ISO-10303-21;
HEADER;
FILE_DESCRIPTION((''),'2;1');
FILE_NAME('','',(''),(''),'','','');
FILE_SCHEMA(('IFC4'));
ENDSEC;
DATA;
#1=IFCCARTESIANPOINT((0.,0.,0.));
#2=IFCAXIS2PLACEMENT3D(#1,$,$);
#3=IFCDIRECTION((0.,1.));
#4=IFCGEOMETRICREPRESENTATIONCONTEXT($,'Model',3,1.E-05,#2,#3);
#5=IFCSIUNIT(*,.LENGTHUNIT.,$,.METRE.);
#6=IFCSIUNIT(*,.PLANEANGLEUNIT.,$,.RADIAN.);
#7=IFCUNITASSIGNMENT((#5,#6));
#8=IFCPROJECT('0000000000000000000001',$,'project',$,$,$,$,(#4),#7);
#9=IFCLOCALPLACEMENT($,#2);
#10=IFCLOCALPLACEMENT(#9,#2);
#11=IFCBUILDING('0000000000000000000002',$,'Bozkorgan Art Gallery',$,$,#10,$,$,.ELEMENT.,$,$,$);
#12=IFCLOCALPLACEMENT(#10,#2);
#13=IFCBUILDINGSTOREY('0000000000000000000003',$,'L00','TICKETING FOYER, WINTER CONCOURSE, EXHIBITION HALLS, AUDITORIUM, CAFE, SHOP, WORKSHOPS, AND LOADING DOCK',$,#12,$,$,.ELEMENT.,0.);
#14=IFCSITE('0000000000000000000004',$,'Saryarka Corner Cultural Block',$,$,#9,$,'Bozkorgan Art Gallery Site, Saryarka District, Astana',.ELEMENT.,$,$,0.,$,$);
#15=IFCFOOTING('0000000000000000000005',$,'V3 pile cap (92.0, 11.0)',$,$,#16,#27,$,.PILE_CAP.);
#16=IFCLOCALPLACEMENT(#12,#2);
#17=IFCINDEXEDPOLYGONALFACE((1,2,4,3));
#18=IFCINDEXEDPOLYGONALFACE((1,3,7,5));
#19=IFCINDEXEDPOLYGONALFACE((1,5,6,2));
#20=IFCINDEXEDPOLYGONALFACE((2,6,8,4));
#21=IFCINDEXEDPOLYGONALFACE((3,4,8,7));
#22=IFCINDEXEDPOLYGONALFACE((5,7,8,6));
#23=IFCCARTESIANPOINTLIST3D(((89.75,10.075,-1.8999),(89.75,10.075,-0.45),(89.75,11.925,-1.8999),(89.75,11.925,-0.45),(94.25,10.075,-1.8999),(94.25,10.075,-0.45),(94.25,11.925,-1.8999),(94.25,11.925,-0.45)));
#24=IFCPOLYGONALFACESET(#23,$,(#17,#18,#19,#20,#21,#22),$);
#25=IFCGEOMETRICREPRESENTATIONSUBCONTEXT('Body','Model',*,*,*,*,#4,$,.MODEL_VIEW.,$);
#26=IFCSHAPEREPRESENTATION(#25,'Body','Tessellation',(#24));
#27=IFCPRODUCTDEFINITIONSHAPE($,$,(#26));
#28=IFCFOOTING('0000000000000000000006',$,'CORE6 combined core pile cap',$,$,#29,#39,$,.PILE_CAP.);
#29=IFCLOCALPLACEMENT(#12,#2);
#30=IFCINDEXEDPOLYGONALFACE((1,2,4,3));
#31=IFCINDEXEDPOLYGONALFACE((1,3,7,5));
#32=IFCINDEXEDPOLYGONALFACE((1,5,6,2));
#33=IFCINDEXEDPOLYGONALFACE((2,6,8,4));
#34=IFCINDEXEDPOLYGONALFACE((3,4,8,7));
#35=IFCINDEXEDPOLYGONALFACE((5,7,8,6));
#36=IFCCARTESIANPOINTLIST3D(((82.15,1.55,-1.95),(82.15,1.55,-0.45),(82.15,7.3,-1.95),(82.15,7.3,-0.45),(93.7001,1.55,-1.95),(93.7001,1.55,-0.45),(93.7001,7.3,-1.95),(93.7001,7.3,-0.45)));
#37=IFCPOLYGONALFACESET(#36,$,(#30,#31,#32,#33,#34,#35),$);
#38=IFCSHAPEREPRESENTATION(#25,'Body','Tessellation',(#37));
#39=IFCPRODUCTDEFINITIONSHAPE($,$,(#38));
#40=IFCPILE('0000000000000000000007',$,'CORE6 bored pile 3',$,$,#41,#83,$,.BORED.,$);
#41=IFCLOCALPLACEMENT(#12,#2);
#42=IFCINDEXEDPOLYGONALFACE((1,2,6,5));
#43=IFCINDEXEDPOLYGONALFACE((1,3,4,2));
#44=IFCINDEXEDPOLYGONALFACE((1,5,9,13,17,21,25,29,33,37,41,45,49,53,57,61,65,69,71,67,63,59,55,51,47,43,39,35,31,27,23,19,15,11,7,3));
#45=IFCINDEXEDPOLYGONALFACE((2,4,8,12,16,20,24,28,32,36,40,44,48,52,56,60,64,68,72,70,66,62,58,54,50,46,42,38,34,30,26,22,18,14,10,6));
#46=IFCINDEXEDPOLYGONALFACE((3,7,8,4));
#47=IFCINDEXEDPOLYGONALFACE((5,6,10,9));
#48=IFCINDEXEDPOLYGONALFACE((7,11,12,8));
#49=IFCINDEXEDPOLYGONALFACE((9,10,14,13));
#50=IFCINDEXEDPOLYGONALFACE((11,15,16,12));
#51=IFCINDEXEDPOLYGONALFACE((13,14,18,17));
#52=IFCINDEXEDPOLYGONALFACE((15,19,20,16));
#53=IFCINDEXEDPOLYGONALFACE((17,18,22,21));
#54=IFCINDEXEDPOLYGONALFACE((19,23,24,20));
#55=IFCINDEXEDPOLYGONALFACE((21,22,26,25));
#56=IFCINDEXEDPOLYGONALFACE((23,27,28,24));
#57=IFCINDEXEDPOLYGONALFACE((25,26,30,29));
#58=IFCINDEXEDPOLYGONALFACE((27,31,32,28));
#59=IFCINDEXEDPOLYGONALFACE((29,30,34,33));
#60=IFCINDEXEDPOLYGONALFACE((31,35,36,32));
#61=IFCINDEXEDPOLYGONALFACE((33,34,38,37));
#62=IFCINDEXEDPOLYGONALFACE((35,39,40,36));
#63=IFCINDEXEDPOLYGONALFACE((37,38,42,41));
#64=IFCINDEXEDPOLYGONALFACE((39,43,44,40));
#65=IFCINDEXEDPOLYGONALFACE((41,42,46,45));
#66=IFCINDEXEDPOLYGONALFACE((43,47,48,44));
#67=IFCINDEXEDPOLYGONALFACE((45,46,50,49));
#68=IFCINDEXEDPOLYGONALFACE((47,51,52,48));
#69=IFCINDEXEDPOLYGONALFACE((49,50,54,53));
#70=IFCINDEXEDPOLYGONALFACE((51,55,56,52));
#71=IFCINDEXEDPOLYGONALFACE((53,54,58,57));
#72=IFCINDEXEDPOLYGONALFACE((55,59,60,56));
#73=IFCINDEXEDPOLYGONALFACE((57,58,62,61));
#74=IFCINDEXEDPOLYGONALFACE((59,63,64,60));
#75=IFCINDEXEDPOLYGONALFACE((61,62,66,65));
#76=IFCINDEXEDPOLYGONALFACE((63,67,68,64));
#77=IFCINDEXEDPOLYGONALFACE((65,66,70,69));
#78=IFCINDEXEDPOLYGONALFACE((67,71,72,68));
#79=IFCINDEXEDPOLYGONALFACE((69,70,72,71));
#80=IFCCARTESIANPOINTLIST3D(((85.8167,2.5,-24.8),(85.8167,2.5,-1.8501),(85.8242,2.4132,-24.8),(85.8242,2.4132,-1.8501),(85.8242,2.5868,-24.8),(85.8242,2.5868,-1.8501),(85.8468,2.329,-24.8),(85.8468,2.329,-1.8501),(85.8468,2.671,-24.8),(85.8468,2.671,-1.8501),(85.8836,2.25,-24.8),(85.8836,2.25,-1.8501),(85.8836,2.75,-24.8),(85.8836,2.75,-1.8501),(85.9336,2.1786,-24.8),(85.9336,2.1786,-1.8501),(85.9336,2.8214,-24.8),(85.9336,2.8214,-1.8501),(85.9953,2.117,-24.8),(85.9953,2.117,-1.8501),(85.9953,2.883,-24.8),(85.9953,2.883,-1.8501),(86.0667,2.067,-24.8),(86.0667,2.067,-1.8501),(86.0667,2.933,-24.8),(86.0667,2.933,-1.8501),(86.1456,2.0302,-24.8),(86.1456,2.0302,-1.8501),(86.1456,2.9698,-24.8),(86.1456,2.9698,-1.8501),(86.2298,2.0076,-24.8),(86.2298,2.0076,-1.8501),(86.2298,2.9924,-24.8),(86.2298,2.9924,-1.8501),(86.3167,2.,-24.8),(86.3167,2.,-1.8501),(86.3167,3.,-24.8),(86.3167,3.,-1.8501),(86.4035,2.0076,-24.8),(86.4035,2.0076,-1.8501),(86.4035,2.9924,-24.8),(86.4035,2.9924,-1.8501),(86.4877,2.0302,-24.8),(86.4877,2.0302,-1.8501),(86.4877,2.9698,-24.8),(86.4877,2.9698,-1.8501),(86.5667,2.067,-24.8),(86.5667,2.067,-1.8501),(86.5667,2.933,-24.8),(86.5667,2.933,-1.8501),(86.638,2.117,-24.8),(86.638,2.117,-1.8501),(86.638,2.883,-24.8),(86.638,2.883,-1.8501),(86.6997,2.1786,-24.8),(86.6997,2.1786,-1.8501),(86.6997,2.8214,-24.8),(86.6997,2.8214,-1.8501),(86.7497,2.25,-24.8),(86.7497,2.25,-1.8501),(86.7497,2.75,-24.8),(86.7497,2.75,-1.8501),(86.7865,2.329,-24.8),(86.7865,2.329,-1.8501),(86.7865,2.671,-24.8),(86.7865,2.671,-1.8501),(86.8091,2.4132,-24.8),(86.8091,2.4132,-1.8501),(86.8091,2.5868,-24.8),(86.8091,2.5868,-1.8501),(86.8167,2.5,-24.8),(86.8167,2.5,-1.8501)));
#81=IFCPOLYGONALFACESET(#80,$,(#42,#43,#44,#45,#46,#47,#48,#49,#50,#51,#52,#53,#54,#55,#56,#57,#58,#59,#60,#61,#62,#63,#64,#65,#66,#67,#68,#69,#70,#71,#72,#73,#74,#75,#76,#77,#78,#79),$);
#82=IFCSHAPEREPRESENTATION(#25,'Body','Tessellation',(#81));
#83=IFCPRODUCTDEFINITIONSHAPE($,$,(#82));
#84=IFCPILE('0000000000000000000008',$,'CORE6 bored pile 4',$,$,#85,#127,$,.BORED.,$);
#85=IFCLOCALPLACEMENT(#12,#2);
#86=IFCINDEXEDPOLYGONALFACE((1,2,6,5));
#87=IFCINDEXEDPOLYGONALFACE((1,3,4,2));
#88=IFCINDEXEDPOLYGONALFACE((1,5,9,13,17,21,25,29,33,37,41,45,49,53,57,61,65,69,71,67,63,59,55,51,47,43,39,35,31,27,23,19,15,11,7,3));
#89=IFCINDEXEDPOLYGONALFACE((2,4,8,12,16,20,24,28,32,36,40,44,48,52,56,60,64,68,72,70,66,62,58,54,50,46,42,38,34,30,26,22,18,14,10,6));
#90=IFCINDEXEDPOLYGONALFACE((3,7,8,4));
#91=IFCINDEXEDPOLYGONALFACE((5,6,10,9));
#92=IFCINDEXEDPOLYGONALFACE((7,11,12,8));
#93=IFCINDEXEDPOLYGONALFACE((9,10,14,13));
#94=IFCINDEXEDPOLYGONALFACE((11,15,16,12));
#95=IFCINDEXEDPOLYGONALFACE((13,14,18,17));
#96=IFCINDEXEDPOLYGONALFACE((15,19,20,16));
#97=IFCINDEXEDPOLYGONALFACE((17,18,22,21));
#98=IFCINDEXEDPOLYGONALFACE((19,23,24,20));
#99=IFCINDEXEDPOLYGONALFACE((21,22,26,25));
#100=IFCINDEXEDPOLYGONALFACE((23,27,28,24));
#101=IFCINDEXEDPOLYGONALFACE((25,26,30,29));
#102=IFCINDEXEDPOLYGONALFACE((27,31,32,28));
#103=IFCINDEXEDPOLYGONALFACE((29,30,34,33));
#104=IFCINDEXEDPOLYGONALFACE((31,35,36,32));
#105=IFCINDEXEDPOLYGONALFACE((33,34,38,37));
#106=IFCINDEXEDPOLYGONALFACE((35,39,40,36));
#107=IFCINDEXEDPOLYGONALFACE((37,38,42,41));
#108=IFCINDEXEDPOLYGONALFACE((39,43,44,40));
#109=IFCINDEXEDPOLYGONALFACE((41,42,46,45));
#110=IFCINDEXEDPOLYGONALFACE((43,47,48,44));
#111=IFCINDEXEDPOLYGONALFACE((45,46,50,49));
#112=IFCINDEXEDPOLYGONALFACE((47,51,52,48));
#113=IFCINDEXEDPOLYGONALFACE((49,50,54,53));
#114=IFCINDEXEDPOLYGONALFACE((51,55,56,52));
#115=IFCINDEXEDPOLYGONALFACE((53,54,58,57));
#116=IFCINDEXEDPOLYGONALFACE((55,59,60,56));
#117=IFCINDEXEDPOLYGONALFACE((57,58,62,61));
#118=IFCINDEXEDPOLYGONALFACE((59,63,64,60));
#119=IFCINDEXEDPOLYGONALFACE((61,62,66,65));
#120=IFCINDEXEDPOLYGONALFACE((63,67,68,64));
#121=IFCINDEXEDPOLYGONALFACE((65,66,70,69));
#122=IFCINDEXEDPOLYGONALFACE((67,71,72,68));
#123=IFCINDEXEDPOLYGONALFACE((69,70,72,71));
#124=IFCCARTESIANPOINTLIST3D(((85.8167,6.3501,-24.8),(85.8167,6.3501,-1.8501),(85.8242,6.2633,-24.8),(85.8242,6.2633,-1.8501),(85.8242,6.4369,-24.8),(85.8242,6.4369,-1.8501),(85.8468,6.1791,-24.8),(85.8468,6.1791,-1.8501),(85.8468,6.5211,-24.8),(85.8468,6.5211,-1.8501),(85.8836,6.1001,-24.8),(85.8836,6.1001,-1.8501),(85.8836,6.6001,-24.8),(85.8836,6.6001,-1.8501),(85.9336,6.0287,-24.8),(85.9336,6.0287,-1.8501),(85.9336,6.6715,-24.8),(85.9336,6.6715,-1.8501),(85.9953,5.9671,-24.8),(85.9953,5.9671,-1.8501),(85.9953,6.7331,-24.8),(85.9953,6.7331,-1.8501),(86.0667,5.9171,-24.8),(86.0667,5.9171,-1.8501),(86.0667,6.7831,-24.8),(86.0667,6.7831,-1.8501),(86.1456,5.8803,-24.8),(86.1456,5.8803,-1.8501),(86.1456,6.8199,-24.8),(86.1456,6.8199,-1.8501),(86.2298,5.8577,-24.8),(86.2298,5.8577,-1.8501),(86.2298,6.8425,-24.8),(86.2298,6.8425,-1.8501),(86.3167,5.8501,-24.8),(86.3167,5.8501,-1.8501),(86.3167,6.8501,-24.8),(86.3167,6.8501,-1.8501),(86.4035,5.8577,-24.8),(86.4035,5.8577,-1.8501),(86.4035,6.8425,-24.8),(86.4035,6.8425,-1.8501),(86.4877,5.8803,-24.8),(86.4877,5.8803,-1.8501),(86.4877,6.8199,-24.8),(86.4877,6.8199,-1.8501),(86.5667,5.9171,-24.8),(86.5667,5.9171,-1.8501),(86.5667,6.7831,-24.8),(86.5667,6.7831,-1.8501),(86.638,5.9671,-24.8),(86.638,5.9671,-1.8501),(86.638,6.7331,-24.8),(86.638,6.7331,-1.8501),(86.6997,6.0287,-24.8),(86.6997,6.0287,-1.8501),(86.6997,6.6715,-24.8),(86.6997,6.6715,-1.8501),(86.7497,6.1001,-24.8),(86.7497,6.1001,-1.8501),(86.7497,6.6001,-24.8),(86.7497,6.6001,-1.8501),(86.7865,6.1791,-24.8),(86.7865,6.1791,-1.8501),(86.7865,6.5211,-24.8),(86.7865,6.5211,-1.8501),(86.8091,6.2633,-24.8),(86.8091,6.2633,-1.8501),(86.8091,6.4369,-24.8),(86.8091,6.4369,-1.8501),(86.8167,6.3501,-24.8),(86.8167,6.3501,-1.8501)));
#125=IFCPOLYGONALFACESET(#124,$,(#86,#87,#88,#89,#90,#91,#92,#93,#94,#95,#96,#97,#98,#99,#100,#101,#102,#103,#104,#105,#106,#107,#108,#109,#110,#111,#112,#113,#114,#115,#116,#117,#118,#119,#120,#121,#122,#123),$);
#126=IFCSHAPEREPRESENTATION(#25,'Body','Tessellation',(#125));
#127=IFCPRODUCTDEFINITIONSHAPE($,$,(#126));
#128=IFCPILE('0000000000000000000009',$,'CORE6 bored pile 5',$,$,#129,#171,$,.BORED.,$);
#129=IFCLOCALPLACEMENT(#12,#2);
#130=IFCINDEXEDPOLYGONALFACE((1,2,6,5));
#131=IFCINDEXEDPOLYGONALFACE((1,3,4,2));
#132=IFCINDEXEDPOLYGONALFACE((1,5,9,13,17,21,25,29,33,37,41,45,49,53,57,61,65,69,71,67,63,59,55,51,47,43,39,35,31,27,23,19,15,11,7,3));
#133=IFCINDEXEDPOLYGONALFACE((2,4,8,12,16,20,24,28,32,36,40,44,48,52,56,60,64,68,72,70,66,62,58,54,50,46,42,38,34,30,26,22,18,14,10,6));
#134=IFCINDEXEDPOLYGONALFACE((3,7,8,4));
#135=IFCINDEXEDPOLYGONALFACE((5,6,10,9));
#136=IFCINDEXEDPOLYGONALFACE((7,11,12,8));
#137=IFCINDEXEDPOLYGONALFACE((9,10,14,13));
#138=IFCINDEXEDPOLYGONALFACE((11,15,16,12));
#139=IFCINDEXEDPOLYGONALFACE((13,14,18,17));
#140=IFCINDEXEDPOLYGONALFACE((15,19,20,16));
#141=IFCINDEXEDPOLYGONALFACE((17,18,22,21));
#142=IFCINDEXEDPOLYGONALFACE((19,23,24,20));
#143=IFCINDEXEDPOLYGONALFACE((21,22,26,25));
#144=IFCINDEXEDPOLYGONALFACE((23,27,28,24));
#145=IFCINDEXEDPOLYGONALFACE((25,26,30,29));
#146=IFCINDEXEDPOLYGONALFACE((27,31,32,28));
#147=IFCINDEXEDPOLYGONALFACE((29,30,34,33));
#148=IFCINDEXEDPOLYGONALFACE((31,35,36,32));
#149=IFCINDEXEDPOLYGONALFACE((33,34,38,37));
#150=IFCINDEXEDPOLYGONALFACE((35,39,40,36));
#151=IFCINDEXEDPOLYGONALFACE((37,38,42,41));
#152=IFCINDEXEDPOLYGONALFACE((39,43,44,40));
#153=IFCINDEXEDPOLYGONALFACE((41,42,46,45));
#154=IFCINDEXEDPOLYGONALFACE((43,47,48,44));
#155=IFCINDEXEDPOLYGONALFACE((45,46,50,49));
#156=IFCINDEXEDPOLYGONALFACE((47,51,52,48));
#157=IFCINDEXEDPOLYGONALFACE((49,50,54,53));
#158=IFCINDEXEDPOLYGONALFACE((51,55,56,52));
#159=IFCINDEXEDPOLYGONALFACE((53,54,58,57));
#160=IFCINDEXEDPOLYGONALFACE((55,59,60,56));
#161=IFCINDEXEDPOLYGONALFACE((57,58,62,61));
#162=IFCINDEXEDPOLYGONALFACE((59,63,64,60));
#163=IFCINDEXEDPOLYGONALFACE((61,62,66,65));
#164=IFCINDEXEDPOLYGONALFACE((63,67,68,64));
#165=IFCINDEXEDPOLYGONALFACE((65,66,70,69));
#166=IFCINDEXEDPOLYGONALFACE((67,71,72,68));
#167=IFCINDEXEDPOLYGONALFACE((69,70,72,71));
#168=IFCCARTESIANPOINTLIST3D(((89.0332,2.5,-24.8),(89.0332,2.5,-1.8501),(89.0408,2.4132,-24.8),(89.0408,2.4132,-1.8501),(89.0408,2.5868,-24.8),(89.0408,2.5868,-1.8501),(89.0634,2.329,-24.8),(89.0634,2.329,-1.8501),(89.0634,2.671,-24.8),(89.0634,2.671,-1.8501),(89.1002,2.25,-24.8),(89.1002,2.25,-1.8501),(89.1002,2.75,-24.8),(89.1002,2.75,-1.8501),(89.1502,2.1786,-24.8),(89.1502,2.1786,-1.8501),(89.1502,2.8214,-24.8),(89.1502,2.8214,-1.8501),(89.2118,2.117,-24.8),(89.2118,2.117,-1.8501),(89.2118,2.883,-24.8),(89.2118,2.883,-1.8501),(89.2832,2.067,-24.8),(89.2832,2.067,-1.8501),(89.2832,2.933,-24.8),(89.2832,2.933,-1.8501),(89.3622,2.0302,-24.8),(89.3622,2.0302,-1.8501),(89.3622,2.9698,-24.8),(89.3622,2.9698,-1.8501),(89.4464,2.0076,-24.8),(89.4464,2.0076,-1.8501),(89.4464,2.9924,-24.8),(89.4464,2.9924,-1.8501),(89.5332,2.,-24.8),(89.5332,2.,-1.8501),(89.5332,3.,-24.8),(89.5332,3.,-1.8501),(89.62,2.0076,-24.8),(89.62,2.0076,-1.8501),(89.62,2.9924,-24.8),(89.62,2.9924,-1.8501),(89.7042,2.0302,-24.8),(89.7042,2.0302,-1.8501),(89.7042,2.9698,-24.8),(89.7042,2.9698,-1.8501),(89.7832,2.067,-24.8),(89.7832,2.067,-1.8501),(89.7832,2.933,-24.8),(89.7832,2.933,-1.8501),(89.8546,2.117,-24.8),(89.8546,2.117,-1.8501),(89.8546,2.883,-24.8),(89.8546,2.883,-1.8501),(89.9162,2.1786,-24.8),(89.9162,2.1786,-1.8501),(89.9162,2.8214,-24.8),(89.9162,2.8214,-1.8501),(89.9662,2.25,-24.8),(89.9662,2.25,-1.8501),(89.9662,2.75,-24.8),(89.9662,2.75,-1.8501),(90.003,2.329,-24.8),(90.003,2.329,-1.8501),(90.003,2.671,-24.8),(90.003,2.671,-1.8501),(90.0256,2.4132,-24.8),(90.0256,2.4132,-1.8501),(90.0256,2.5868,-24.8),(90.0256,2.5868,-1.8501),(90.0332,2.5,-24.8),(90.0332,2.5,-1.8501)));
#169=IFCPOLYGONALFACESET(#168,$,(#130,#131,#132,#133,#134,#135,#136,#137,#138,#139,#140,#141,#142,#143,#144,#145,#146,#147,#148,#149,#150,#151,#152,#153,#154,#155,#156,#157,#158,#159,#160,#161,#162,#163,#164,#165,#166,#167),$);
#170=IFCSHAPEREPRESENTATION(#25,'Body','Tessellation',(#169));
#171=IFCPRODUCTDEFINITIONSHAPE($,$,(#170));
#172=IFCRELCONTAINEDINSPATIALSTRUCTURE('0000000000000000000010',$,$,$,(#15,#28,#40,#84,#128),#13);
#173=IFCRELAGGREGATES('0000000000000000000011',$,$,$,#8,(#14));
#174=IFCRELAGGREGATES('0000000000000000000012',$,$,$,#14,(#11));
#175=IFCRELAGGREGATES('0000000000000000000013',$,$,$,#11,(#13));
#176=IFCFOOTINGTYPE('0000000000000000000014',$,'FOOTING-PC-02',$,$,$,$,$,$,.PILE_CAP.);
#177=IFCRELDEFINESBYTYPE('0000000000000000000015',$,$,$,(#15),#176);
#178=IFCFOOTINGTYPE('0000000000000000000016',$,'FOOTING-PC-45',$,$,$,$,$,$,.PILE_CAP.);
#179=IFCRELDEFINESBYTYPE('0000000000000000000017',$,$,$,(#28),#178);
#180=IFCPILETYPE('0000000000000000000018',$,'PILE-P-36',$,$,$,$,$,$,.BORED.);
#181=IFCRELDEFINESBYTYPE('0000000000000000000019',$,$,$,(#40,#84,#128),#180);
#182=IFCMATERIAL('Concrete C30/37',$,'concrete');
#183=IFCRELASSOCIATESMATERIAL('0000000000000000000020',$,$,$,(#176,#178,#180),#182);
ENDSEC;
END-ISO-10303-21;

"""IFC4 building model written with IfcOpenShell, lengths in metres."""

from ifc_helpers import new_model, si_unit, direction, frame, origin, origin_2d, place, context, subcontext, project, spatial, rectangle, circle, extrude, material, material_profile, profile_set, type_object, element, save


model = new_model("IFC4")

# Units and contexts
model_context = context("Model", 3, precision=1e-05, world=origin(), true_north=direction((0.0, 1.0)))
body_context = subcontext(model_context, "Body", "Model", "MODEL_VIEW")
ifc_project = project(units=[si_unit("LENGTHUNIT", "METRE"), si_unit("PLANEANGLEUNIT", "RADIAN")], contexts=[model_context])

# Site, building, storey
site_placement = place(None, origin())
site = spatial("IfcSite", under=ifc_project, at=site_placement, Name="Saryarka Corner Cultural Block", LongName="Bozkorgan Art Gallery Site, Saryarka District, Astana", CompositionType="ELEMENT", RefElevation=0.0)
building_placement = place(site_placement, origin())
building = spatial("IfcBuilding", under=site, at=building_placement, Name="Bozkorgan Art Gallery", CompositionType="ELEMENT")
storey_placement = place(building_placement, origin())
storey = spatial("IfcBuildingStorey", under=building, at=storey_placement, Name="L00", Description="TICKETING FOYER, WINTER CONCOURSE, EXHIBITION HALLS, AUDITORIUM, CAFE, SHOP, WORKSHOPS, AND LOADING DOCK", CompositionType="ELEMENT", Elevation=0.0)

# Footings
ifc_material_1 = material(Name="Concrete C30/37", Category="concrete")
footing_type_1 = type_object("IfcFootingType", Name="FOOTING-PC-02", PredefinedType="PILE_CAP", material=ifc_material_1)
footing_1_placement = place(storey_placement, frame((92.0, 11.0, -1.8999), z_axis=(0.0, 0.0, 1.0), x_axis=(1.0, 0.0, 0.0)))
element("IfcFooting", 1, at=footing_1_placement, inside=storey, type_object=footing_type_1, Name="V3 pile cap (92.0, 11.0)", PredefinedType="PILE_CAP", context=body_context, shape_type="SweptSolid", body=[
    extrude(rectangle(XDim=4.5, YDim=1.8501, at=origin_2d()), origin(), (0.0, 0.0, 1.0), 1.45),
])
footing_type_2 = type_object("IfcFootingType", Name="FOOTING-PC-45", PredefinedType="PILE_CAP", material=ifc_material_1)
footing_2_placement = place(storey_placement, frame((87.925, 4.425, -1.95), z_axis=(0.0, 0.0, 1.0), x_axis=(1.0, 0.0, 0.0)))
element("IfcFooting", 2, at=footing_2_placement, inside=storey, type_object=footing_type_2, Name="CORE6 combined core pile cap", PredefinedType="PILE_CAP", context=body_context, shape_type="SweptSolid", body=[
    extrude(rectangle(XDim=11.55, YDim=5.75, at=origin_2d()), origin(), (0.0, 0.0, 1.0), 1.5),
])

# Piles
ifc_material_profile_1 = material_profile(ifc_material_1, circle(Radius=0.5, at=origin_2d()), Name="PILE D1000")
ifc_profile_set_1 = profile_set([ifc_material_profile_1], Name="Concrete C30/37")
pile_type = type_object("IfcPileType", Name="PILE-P-36", PredefinedType="BORED", material=ifc_profile_set_1)
for number, where, z_axis, x_axis, name in (
    (3, (86.3167, 2.5, -1.8501), (0.0, 0.0, -1.0), (1.0, 0.0, 0.0), "CORE6 bored pile 3"),
    (4, (86.3167, 6.3501, -1.8501), (0.0, 0.0, -1.0), (1.0, 0.0, 0.0), "CORE6 bored pile 4"),
    (5, (89.5332, 2.5, -1.8501), (0.0, 0.0, -1.0), (1.0, 0.0, 0.0), "CORE6 bored pile 5"),
):
    element("IfcPile", number, at=place(storey_placement, frame(where, z_axis=z_axis, x_axis=x_axis)), inside=storey, type_object=pile_type, Name=name, PredefinedType="BORED", context=body_context, shape_type="SweptSolid", body=[
        extrude(circle(Radius=0.5, at=origin_2d()), origin(), (0.0, 0.0, 1.0), 22.95),
    ])

save(model, "model.ifc")
